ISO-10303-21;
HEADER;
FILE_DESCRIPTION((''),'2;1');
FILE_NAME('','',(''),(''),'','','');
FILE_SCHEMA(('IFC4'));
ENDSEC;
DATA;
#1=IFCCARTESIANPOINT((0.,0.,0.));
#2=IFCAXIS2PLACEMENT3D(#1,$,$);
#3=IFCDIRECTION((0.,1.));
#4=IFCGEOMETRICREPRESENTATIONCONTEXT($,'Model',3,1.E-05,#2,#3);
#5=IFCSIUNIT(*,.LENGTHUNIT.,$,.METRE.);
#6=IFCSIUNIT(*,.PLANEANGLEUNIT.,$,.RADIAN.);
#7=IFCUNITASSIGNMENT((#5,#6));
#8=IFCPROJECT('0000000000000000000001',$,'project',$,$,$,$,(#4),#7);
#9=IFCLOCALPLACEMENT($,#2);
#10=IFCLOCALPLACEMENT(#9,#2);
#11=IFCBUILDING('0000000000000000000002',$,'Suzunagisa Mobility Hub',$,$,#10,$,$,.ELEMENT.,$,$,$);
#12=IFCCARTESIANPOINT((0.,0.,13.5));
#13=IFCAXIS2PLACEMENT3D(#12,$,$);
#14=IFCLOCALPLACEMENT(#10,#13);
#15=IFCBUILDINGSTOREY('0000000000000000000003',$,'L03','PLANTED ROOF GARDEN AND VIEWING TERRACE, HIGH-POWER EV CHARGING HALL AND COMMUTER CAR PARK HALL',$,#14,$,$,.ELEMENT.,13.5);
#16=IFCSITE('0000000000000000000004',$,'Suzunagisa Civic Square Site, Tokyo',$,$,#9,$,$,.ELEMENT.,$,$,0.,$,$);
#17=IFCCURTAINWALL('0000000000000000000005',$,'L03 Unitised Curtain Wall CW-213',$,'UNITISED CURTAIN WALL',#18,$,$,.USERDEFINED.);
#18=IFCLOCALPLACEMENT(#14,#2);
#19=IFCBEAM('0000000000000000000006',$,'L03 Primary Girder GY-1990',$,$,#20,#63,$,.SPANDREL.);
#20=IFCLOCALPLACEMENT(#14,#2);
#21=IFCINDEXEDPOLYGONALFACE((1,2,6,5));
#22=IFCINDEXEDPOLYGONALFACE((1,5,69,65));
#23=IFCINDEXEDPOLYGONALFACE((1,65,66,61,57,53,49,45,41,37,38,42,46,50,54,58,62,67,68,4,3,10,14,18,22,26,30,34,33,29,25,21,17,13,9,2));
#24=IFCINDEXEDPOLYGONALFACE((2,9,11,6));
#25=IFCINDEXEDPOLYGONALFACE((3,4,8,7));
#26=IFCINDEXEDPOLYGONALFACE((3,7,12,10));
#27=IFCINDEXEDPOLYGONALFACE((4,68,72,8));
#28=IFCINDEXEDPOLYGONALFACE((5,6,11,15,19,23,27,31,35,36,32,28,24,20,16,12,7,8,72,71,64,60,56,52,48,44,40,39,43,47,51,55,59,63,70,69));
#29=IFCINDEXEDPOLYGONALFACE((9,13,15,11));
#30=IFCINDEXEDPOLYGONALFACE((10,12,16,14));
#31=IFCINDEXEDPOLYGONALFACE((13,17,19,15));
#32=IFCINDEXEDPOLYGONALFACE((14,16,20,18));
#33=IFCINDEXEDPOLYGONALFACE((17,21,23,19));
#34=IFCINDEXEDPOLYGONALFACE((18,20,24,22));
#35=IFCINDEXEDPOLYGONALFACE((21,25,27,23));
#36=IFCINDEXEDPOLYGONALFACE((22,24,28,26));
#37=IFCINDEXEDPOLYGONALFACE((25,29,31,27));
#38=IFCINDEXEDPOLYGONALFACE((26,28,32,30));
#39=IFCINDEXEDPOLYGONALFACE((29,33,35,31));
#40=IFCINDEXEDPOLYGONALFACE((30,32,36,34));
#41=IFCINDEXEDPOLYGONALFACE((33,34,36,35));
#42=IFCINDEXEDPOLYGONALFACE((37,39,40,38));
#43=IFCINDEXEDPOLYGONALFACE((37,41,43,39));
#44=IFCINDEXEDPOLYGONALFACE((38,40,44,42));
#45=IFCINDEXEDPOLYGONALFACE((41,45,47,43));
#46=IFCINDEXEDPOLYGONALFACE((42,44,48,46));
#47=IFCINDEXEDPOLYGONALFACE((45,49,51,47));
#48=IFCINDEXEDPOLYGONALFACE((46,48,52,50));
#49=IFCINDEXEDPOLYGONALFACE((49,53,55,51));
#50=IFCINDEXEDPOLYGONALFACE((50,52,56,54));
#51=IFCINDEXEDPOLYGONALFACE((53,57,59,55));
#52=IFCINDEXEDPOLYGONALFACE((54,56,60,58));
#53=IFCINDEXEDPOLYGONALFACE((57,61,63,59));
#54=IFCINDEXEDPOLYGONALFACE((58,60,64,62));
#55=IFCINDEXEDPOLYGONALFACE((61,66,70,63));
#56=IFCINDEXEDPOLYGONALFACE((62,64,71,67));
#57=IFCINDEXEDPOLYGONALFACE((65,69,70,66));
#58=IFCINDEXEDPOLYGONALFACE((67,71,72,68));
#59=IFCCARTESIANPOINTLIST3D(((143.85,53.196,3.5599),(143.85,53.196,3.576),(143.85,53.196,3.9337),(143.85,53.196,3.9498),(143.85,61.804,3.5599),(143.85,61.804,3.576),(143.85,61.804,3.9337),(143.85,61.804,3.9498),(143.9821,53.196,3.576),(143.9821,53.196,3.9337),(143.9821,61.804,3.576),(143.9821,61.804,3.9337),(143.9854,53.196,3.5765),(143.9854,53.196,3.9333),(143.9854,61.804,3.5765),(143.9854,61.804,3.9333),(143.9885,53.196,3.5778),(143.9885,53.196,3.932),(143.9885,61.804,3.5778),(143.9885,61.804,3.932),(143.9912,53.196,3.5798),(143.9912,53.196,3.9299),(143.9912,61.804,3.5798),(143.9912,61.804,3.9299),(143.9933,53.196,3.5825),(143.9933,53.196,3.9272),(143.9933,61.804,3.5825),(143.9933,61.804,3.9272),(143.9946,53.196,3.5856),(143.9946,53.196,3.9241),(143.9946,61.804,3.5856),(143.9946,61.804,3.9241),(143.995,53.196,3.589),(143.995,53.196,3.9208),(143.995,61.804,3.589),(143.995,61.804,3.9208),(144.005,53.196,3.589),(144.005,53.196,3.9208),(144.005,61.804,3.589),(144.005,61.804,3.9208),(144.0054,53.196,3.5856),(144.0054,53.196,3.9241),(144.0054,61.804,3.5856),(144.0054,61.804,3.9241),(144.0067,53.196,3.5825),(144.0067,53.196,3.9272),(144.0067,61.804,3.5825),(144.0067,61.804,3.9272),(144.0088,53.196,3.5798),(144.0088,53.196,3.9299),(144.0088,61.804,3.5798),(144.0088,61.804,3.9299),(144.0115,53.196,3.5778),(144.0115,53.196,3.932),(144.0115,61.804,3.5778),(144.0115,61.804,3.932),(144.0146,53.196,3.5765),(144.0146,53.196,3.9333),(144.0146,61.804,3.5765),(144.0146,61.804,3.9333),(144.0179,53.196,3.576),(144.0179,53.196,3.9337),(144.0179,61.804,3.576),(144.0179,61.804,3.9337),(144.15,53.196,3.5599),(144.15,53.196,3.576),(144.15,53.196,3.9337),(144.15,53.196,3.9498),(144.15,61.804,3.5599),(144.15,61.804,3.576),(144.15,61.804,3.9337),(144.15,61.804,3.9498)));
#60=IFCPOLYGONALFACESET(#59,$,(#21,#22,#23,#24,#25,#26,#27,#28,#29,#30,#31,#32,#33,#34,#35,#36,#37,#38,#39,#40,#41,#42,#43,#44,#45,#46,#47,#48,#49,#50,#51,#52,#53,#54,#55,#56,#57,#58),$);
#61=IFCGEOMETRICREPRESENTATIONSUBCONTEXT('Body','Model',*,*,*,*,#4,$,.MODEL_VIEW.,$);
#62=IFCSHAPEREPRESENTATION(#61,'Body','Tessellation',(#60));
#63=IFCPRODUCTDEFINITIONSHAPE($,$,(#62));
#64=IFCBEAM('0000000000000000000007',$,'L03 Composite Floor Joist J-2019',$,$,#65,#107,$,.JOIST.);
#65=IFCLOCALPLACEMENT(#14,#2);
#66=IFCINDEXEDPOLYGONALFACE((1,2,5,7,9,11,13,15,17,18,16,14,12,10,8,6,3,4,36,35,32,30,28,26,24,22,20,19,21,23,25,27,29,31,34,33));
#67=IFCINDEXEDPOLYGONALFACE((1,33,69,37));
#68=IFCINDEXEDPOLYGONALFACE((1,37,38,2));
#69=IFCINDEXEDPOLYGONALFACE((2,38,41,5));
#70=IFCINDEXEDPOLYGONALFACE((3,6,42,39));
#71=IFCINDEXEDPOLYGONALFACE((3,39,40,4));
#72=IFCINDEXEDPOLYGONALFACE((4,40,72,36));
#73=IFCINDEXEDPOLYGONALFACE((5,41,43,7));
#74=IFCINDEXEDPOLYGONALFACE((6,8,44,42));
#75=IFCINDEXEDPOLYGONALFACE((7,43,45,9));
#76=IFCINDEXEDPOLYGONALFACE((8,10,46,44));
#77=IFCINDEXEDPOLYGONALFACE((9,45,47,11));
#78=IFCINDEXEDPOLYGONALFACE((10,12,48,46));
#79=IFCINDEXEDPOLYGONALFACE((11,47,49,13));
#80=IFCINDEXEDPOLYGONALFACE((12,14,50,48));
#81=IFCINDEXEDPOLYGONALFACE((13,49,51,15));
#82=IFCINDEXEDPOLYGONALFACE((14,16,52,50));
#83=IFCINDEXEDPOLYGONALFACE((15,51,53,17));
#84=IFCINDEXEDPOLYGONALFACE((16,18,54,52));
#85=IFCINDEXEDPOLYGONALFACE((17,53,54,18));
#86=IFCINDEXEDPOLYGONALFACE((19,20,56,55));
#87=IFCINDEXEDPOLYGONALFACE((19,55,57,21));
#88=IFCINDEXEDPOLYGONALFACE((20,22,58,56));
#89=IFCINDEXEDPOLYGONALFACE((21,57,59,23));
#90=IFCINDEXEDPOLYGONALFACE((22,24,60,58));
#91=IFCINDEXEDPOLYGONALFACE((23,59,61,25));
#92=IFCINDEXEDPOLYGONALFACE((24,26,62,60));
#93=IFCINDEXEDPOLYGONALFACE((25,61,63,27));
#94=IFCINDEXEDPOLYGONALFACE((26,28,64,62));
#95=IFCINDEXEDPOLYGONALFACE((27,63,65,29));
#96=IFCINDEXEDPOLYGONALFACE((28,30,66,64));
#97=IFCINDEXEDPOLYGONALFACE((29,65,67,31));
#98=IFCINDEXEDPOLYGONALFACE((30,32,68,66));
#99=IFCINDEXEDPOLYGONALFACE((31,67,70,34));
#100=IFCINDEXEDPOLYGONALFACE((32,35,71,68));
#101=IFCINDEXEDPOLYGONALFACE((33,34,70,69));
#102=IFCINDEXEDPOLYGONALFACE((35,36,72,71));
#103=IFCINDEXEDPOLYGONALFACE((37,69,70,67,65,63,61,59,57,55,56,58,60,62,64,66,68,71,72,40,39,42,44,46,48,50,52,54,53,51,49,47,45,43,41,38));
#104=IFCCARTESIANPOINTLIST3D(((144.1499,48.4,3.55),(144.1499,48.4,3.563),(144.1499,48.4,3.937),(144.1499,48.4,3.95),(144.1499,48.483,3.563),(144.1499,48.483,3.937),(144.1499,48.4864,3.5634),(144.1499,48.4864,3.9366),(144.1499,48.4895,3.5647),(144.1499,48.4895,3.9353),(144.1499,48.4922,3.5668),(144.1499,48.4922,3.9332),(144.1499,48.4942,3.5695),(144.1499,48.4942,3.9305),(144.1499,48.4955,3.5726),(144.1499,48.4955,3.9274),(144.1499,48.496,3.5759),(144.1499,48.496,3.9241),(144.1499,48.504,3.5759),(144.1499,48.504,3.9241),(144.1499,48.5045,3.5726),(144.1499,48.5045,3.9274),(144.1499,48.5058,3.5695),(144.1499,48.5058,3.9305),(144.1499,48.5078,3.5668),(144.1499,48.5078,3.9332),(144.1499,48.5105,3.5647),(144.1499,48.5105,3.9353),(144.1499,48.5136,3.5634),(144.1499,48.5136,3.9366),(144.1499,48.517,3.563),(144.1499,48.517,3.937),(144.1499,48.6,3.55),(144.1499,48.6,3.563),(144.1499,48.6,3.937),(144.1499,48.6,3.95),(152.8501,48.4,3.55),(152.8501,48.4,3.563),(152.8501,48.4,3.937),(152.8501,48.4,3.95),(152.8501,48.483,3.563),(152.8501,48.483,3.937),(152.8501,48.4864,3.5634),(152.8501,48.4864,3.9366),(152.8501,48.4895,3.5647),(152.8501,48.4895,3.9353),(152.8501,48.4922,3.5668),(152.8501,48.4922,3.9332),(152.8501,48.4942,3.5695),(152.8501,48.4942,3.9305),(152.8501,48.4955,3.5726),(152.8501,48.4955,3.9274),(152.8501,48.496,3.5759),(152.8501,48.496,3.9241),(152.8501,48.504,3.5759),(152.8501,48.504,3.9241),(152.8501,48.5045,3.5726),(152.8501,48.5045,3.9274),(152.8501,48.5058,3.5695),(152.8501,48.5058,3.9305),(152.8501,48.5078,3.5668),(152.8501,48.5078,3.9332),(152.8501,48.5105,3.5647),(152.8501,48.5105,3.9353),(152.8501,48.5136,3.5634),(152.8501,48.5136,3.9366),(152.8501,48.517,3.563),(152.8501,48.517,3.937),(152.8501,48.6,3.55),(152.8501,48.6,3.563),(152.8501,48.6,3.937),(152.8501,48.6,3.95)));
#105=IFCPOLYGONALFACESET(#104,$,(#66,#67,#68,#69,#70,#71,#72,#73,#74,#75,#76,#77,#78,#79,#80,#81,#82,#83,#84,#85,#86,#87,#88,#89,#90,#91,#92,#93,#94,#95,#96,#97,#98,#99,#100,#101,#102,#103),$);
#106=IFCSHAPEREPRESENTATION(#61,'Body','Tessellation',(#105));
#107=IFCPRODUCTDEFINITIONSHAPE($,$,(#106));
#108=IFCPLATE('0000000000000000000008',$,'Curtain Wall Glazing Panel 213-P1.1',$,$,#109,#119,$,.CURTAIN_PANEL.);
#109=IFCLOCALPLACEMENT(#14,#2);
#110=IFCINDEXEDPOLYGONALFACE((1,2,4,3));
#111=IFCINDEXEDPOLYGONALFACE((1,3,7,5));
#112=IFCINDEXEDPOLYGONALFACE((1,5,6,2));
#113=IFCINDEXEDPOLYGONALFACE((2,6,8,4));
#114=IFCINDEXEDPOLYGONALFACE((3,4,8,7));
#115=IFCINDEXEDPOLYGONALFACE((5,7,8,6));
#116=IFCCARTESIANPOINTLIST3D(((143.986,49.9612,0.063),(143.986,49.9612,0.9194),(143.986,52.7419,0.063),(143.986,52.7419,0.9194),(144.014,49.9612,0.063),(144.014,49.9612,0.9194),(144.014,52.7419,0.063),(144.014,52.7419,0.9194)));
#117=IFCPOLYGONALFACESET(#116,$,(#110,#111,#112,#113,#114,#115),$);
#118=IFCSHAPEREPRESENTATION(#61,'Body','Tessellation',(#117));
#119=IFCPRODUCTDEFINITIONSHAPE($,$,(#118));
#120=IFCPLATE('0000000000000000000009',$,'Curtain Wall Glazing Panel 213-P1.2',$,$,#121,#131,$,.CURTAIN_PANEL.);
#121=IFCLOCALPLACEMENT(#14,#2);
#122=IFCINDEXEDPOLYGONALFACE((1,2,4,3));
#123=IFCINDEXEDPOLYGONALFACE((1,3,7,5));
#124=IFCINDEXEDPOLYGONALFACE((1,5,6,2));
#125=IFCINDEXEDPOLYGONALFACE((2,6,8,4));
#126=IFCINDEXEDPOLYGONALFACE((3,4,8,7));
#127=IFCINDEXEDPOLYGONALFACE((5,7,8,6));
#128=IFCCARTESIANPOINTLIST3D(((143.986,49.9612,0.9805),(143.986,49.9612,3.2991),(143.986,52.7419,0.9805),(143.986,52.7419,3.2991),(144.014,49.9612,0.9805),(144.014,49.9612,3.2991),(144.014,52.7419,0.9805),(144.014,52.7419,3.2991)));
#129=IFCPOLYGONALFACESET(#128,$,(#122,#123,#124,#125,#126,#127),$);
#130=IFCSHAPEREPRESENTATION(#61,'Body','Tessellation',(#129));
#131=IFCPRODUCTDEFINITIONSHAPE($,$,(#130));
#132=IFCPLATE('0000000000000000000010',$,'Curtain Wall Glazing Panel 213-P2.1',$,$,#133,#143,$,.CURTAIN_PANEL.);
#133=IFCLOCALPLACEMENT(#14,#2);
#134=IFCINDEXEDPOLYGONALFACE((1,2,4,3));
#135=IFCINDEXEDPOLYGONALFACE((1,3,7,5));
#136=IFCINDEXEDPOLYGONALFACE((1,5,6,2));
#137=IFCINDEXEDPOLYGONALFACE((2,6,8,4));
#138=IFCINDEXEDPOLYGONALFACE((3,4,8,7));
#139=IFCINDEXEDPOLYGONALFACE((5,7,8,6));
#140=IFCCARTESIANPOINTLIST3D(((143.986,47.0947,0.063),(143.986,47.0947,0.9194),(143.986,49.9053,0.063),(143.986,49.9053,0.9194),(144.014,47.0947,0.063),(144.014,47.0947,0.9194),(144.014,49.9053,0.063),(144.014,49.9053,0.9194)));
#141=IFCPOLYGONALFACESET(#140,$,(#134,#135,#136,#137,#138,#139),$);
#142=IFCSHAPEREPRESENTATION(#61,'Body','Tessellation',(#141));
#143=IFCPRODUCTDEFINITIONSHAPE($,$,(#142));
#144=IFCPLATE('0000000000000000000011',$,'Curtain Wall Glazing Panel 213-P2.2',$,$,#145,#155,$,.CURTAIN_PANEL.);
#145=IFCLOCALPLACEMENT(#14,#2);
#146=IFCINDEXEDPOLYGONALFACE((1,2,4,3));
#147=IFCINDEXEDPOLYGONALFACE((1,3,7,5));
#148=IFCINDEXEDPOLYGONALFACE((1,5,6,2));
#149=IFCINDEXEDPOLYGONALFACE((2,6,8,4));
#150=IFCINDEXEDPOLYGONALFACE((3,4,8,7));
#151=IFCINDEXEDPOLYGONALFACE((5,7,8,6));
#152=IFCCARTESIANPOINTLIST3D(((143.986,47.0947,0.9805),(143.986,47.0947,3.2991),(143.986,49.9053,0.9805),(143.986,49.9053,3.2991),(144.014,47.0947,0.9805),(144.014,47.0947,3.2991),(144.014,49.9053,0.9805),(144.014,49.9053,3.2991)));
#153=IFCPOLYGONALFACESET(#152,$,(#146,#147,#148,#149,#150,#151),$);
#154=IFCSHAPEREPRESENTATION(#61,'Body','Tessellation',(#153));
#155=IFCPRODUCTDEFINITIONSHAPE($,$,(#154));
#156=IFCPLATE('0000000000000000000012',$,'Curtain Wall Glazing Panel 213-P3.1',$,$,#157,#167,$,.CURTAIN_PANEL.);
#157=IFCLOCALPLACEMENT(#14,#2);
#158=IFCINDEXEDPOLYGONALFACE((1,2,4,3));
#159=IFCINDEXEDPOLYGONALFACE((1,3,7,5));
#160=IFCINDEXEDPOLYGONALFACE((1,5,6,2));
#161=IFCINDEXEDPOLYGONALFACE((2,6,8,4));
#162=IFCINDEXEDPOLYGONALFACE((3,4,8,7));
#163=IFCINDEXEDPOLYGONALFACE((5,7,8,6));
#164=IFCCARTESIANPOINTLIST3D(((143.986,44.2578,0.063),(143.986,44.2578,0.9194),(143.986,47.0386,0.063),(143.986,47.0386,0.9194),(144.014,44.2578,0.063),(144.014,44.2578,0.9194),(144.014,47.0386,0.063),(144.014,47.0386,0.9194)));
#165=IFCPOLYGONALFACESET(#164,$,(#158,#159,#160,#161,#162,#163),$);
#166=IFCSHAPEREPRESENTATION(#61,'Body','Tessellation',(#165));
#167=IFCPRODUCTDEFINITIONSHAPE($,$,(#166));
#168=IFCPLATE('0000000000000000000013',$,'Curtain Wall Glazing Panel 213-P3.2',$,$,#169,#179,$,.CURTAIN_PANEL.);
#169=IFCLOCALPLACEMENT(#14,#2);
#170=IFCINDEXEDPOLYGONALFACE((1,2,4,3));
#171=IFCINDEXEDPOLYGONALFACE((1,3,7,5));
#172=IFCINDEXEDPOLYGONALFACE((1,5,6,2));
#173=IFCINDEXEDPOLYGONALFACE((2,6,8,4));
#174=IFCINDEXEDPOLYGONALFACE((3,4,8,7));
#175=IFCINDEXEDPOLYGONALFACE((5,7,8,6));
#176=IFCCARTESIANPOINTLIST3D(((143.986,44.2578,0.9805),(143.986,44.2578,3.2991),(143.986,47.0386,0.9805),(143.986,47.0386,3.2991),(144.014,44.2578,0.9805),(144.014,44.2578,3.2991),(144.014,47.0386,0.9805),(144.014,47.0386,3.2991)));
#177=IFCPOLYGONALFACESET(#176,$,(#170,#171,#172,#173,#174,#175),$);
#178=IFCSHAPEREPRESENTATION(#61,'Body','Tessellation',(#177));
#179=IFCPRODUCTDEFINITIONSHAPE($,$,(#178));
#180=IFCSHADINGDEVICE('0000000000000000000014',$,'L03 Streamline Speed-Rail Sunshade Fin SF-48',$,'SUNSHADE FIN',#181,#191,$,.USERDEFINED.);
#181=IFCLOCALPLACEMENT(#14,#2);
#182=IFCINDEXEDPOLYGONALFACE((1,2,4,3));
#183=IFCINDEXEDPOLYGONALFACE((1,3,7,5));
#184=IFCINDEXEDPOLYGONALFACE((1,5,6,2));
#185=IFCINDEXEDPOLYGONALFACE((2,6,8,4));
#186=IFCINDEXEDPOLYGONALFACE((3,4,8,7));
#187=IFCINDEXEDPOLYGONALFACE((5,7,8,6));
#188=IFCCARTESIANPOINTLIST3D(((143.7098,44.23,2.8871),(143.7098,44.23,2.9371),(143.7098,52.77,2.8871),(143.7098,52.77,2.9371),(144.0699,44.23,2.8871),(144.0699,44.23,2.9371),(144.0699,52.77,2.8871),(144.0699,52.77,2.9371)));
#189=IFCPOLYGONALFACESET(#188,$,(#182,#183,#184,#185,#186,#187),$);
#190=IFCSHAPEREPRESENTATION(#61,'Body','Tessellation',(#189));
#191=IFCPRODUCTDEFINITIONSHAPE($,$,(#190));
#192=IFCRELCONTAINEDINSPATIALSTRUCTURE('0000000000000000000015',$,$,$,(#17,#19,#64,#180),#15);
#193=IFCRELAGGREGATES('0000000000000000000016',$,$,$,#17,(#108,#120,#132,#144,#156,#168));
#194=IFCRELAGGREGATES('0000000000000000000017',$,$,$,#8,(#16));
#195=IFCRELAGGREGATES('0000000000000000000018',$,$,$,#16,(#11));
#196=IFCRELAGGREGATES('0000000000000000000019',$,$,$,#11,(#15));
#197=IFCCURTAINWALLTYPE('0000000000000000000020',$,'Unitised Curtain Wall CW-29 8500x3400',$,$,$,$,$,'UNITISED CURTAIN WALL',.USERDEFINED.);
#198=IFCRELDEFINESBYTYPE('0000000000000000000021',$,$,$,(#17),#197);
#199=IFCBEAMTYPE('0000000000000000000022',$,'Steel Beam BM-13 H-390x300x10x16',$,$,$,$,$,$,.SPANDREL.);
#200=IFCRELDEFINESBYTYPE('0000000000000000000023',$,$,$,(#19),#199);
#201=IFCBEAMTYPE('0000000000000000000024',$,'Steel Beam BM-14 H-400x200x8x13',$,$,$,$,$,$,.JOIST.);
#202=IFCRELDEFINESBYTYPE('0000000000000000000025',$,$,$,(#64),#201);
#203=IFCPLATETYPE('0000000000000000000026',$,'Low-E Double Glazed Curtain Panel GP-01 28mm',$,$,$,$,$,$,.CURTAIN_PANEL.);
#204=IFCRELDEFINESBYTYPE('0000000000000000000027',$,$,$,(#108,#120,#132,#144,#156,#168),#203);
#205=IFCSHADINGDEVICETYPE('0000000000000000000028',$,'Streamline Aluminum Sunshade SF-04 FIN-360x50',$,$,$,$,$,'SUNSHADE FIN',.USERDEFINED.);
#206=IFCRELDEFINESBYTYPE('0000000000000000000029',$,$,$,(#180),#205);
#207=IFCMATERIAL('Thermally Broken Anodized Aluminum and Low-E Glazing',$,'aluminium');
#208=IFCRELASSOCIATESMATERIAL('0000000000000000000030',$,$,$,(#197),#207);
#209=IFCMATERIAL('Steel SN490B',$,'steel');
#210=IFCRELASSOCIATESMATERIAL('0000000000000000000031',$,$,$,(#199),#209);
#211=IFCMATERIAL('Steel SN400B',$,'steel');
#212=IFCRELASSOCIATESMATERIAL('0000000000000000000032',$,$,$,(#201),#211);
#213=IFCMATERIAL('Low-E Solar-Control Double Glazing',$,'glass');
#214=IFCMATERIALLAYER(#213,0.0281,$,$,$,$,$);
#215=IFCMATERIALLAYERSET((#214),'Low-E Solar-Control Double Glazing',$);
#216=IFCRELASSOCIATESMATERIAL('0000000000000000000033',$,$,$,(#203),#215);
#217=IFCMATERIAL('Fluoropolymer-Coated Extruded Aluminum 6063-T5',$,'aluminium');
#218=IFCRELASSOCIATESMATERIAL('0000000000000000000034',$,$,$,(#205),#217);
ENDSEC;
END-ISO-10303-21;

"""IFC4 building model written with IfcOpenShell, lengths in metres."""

from ifc_helpers import new_model, si_unit, direction, frame, origin, origin_2d, place, context, subcontext, project, spatial, rectangle, i_section, extrude, material, layer, layer_set, material_profile, profile_set, type_object, element, aggregate, save


model = new_model("IFC4")

# Units and contexts
model_context = context("Model", 3, precision=1e-05, world=origin(), true_north=direction((0.0, 1.0)))
body_context = subcontext(model_context, "Body", "Model", "MODEL_VIEW")
ifc_project = project(units=[si_unit("LENGTHUNIT", "METRE"), si_unit("PLANEANGLEUNIT", "RADIAN")], contexts=[model_context])

# Site, building, storey
site_placement = place(None, origin())
site = spatial("IfcSite", under=ifc_project, at=site_placement, Name="Suzunagisa Civic Square Site, Tokyo", CompositionType="ELEMENT", RefElevation=0.0)
building_placement = place(site_placement, origin())
building = spatial("IfcBuilding", under=site, at=building_placement, Name="Suzunagisa Mobility Hub", CompositionType="ELEMENT")
storey_placement = place(building_placement, frame((0.0, 0.0, 13.5)))
storey = spatial("IfcBuildingStorey", under=building, at=storey_placement, Name="L03", Description="PLANTED ROOF GARDEN AND VIEWING TERRACE, HIGH-POWER EV CHARGING HALL AND COMMUTER CAR PARK HALL", CompositionType="ELEMENT", Elevation=13.5)

# Shared definitions
ifc_material_1 = material(Name="Steel SN490B", Category="steel")

# Curtain wall
ifc_material_2 = material(Name="Thermally Broken Anodized Aluminum and Low-E Glazing", Category="aluminium")
curtain_wall_type = type_object("IfcCurtainWallType", Name="Unitised Curtain Wall CW-29 8500x3400", ElementType="UNITISED CURTAIN WALL", PredefinedType="USERDEFINED", material=ifc_material_2)
curtain_wall_placement = place(storey_placement, origin())
curtain_wall = element("IfcCurtainWall", 1, at=curtain_wall_placement, inside=storey, type_object=curtain_wall_type, Name="L03 Unitised Curtain Wall CW-213", ObjectType="UNITISED CURTAIN WALL", PredefinedType="USERDEFINED")

# Beams
ifc_material_profile_1 = material_profile(ifc_material_1, i_section(OverallWidth=0.3, OverallDepth=0.3899, WebThickness=0.01, FlangeThickness=0.0161, FilletRadius=0.0129, at=origin_2d()), Name="H-390x300x10x16")
ifc_profile_set_1 = profile_set([ifc_material_profile_1], Name="Steel SN490B")
beam_type_1 = type_object("IfcBeamType", Name="Steel Beam BM-13 H-390x300x10x16", PredefinedType="SPANDREL", material=ifc_profile_set_1)
beam_1_placement = place(storey_placement, frame((144.0, 53.196, 3.7549), z_axis=(0.0, 1.0, 0.0), x_axis=(-1.0, 0.0, 0.0)))
element("IfcBeam", 2, at=beam_1_placement, inside=storey, type_object=beam_type_1, Name="L03 Primary Girder GY-1990", PredefinedType="SPANDREL", context=body_context, shape_type="SweptSolid", body=[
    extrude(i_section(OverallWidth=0.3, OverallDepth=0.3899, WebThickness=0.01, FlangeThickness=0.0161, FilletRadius=0.0129, at=origin_2d()), origin(), (0.0, 0.0, 1.0), 8.6079),
])
ifc_material_3 = material(Name="Steel SN400B", Category="steel")
ifc_material_profile_2 = material_profile(ifc_material_3, i_section(OverallWidth=0.2, OverallDepth=0.3999, WebThickness=0.0081, FlangeThickness=0.0129, FilletRadius=0.0129, at=origin_2d()), Name="H-400x200x8x13")
ifc_profile_set_2 = profile_set([ifc_material_profile_2], Name="Steel SN400B")
beam_type_2 = type_object("IfcBeamType", Name="Steel Beam BM-14 H-400x200x8x13", PredefinedType="JOIST", material=ifc_profile_set_2)
beam_2_placement = place(storey_placement, frame((144.1499, 48.5, 3.75), z_axis=(1.0, 0.0, 0.0), x_axis=(0.0, 1.0, 0.0)))
element("IfcBeam", 3, at=beam_2_placement, inside=storey, type_object=beam_type_2, Name="L03 Composite Floor Joist J-2019", PredefinedType="JOIST", context=body_context, shape_type="SweptSolid", body=[
    extrude(i_section(OverallWidth=0.2, OverallDepth=0.3999, WebThickness=0.0081, FlangeThickness=0.0129, FilletRadius=0.0129, at=origin_2d()), origin(), (0.0, 0.0, 1.0), 8.7002),
])

# Plates
ifc_material_4 = material(Name="Low-E Solar-Control Double Glazing", Category="glass")
ifc_layer = layer(ifc_material_4, 0.0281)
ifc_layer_set = layer_set([ifc_layer], Name="Low-E Solar-Control Double Glazing")
plate_type = type_object("IfcPlateType", Name="Low-E Double Glazed Curtain Panel GP-01 28mm", PredefinedType="CURTAIN_PANEL", material=ifc_layer_set)
plate_1_placement = place(storey_placement, frame((144.0, 51.3516, 0.063), z_axis=(0.0, 0.0, 1.0), x_axis=(0.0, -1.0, 0.0)))
plate_1 = element("IfcPlate", 4, at=plate_1_placement, type_object=plate_type, Name="Curtain Wall Glazing Panel 213-P1.1", PredefinedType="CURTAIN_PANEL", context=body_context, shape_type="SweptSolid", body=[
    extrude(rectangle(XDim=2.7808, YDim=0.0281, at=origin_2d()), origin(), (0.0, 0.0, 1.0), 0.8564),
])
plate_2_placement = place(storey_placement, frame((144.0, 51.3516, 0.9805), z_axis=(0.0, 0.0, 1.0), x_axis=(0.0, -1.0, 0.0)))
plate_2 = element("IfcPlate", 5, at=plate_2_placement, type_object=plate_type, Name="Curtain Wall Glazing Panel 213-P1.2", PredefinedType="CURTAIN_PANEL", context=body_context, shape_type="SweptSolid", body=[
    extrude(rectangle(XDim=2.7808, YDim=0.0281, at=origin_2d()), origin(), (0.0, 0.0, 1.0), 2.3186),
])
plate_3_placement = place(storey_placement, frame((144.0, 48.5, 0.063), z_axis=(0.0, 0.0, 1.0), x_axis=(0.0, -1.0, 0.0)))
plate_3 = element("IfcPlate", 6, at=plate_3_placement, type_object=plate_type, Name="Curtain Wall Glazing Panel 213-P2.1", PredefinedType="CURTAIN_PANEL", context=body_context, shape_type="SweptSolid", body=[
    extrude(rectangle(XDim=2.8105, YDim=0.0281, at=origin_2d()), origin(), (0.0, 0.0, 1.0), 0.8564),
])
plate_4_placement = place(storey_placement, frame((144.0, 48.5, 0.9805), z_axis=(0.0, 0.0, 1.0), x_axis=(0.0, -1.0, 0.0)))
plate_4 = element("IfcPlate", 7, at=plate_4_placement, type_object=plate_type, Name="Curtain Wall Glazing Panel 213-P2.2", PredefinedType="CURTAIN_PANEL", context=body_context, shape_type="SweptSolid", body=[
    extrude(rectangle(XDim=2.8105, YDim=0.0281, at=origin_2d()), origin(), (0.0, 0.0, 1.0), 2.3186),
])
plate_5_placement = place(storey_placement, frame((144.0, 45.6482, 0.063), z_axis=(0.0, 0.0, 1.0), x_axis=(0.0, -1.0, 0.0)))
plate_5 = element("IfcPlate", 8, at=plate_5_placement, type_object=plate_type, Name="Curtain Wall Glazing Panel 213-P3.1", PredefinedType="CURTAIN_PANEL", context=body_context, shape_type="SweptSolid", body=[
    extrude(rectangle(XDim=2.7808, YDim=0.0281, at=origin_2d()), origin(), (0.0, 0.0, 1.0), 0.8564),
])
plate_6_placement = place(storey_placement, frame((144.0, 45.6482, 0.9805), z_axis=(0.0, 0.0, 1.0), x_axis=(0.0, -1.0, 0.0)))
plate_6 = element("IfcPlate", 9, at=plate_6_placement, type_object=plate_type, Name="Curtain Wall Glazing Panel 213-P3.2", PredefinedType="CURTAIN_PANEL", context=body_context, shape_type="SweptSolid", body=[
    extrude(rectangle(XDim=2.7808, YDim=0.0281, at=origin_2d()), origin(), (0.0, 0.0, 1.0), 2.3186),
])
aggregate(curtain_wall, [plate_1, plate_2, plate_3, plate_4, plate_5, plate_6])

# Shading device
ifc_material_5 = material(Name="Fluoropolymer-Coated Extruded Aluminum 6063-T5", Category="aluminium")
ifc_material_profile_3 = material_profile(ifc_material_5, rectangle(XDim=0.3601, YDim=0.05, at=origin_2d()), Name="FIN-360x50")
ifc_profile_set_3 = profile_set([ifc_material_profile_3], Name="Fluoropolymer-Coated Extruded Aluminum 6063-T5")
shading_device_type = type_object("IfcShadingDeviceType", Name="Streamline Aluminum Sunshade SF-04 FIN-360x50", ElementType="SUNSHADE FIN", PredefinedType="USERDEFINED", material=ifc_profile_set_3)
shading_device_placement = place(storey_placement, frame((143.8899, 52.77, 2.9121), z_axis=(0.0, -1.0, 0.0), x_axis=(1.0, 0.0, 0.0)))
element("IfcShadingDevice", 10, at=shading_device_placement, inside=storey, type_object=shading_device_type, Name="L03 Streamline Speed-Rail Sunshade Fin SF-48", ObjectType="SUNSHADE FIN", PredefinedType="USERDEFINED", context=body_context, shape_type="SweptSolid", body=[
    extrude(rectangle(XDim=0.3601, YDim=0.05, at=origin_2d()), origin(), (0.0, 0.0, 1.0), 8.54),
])

save(model, "model.ifc")
